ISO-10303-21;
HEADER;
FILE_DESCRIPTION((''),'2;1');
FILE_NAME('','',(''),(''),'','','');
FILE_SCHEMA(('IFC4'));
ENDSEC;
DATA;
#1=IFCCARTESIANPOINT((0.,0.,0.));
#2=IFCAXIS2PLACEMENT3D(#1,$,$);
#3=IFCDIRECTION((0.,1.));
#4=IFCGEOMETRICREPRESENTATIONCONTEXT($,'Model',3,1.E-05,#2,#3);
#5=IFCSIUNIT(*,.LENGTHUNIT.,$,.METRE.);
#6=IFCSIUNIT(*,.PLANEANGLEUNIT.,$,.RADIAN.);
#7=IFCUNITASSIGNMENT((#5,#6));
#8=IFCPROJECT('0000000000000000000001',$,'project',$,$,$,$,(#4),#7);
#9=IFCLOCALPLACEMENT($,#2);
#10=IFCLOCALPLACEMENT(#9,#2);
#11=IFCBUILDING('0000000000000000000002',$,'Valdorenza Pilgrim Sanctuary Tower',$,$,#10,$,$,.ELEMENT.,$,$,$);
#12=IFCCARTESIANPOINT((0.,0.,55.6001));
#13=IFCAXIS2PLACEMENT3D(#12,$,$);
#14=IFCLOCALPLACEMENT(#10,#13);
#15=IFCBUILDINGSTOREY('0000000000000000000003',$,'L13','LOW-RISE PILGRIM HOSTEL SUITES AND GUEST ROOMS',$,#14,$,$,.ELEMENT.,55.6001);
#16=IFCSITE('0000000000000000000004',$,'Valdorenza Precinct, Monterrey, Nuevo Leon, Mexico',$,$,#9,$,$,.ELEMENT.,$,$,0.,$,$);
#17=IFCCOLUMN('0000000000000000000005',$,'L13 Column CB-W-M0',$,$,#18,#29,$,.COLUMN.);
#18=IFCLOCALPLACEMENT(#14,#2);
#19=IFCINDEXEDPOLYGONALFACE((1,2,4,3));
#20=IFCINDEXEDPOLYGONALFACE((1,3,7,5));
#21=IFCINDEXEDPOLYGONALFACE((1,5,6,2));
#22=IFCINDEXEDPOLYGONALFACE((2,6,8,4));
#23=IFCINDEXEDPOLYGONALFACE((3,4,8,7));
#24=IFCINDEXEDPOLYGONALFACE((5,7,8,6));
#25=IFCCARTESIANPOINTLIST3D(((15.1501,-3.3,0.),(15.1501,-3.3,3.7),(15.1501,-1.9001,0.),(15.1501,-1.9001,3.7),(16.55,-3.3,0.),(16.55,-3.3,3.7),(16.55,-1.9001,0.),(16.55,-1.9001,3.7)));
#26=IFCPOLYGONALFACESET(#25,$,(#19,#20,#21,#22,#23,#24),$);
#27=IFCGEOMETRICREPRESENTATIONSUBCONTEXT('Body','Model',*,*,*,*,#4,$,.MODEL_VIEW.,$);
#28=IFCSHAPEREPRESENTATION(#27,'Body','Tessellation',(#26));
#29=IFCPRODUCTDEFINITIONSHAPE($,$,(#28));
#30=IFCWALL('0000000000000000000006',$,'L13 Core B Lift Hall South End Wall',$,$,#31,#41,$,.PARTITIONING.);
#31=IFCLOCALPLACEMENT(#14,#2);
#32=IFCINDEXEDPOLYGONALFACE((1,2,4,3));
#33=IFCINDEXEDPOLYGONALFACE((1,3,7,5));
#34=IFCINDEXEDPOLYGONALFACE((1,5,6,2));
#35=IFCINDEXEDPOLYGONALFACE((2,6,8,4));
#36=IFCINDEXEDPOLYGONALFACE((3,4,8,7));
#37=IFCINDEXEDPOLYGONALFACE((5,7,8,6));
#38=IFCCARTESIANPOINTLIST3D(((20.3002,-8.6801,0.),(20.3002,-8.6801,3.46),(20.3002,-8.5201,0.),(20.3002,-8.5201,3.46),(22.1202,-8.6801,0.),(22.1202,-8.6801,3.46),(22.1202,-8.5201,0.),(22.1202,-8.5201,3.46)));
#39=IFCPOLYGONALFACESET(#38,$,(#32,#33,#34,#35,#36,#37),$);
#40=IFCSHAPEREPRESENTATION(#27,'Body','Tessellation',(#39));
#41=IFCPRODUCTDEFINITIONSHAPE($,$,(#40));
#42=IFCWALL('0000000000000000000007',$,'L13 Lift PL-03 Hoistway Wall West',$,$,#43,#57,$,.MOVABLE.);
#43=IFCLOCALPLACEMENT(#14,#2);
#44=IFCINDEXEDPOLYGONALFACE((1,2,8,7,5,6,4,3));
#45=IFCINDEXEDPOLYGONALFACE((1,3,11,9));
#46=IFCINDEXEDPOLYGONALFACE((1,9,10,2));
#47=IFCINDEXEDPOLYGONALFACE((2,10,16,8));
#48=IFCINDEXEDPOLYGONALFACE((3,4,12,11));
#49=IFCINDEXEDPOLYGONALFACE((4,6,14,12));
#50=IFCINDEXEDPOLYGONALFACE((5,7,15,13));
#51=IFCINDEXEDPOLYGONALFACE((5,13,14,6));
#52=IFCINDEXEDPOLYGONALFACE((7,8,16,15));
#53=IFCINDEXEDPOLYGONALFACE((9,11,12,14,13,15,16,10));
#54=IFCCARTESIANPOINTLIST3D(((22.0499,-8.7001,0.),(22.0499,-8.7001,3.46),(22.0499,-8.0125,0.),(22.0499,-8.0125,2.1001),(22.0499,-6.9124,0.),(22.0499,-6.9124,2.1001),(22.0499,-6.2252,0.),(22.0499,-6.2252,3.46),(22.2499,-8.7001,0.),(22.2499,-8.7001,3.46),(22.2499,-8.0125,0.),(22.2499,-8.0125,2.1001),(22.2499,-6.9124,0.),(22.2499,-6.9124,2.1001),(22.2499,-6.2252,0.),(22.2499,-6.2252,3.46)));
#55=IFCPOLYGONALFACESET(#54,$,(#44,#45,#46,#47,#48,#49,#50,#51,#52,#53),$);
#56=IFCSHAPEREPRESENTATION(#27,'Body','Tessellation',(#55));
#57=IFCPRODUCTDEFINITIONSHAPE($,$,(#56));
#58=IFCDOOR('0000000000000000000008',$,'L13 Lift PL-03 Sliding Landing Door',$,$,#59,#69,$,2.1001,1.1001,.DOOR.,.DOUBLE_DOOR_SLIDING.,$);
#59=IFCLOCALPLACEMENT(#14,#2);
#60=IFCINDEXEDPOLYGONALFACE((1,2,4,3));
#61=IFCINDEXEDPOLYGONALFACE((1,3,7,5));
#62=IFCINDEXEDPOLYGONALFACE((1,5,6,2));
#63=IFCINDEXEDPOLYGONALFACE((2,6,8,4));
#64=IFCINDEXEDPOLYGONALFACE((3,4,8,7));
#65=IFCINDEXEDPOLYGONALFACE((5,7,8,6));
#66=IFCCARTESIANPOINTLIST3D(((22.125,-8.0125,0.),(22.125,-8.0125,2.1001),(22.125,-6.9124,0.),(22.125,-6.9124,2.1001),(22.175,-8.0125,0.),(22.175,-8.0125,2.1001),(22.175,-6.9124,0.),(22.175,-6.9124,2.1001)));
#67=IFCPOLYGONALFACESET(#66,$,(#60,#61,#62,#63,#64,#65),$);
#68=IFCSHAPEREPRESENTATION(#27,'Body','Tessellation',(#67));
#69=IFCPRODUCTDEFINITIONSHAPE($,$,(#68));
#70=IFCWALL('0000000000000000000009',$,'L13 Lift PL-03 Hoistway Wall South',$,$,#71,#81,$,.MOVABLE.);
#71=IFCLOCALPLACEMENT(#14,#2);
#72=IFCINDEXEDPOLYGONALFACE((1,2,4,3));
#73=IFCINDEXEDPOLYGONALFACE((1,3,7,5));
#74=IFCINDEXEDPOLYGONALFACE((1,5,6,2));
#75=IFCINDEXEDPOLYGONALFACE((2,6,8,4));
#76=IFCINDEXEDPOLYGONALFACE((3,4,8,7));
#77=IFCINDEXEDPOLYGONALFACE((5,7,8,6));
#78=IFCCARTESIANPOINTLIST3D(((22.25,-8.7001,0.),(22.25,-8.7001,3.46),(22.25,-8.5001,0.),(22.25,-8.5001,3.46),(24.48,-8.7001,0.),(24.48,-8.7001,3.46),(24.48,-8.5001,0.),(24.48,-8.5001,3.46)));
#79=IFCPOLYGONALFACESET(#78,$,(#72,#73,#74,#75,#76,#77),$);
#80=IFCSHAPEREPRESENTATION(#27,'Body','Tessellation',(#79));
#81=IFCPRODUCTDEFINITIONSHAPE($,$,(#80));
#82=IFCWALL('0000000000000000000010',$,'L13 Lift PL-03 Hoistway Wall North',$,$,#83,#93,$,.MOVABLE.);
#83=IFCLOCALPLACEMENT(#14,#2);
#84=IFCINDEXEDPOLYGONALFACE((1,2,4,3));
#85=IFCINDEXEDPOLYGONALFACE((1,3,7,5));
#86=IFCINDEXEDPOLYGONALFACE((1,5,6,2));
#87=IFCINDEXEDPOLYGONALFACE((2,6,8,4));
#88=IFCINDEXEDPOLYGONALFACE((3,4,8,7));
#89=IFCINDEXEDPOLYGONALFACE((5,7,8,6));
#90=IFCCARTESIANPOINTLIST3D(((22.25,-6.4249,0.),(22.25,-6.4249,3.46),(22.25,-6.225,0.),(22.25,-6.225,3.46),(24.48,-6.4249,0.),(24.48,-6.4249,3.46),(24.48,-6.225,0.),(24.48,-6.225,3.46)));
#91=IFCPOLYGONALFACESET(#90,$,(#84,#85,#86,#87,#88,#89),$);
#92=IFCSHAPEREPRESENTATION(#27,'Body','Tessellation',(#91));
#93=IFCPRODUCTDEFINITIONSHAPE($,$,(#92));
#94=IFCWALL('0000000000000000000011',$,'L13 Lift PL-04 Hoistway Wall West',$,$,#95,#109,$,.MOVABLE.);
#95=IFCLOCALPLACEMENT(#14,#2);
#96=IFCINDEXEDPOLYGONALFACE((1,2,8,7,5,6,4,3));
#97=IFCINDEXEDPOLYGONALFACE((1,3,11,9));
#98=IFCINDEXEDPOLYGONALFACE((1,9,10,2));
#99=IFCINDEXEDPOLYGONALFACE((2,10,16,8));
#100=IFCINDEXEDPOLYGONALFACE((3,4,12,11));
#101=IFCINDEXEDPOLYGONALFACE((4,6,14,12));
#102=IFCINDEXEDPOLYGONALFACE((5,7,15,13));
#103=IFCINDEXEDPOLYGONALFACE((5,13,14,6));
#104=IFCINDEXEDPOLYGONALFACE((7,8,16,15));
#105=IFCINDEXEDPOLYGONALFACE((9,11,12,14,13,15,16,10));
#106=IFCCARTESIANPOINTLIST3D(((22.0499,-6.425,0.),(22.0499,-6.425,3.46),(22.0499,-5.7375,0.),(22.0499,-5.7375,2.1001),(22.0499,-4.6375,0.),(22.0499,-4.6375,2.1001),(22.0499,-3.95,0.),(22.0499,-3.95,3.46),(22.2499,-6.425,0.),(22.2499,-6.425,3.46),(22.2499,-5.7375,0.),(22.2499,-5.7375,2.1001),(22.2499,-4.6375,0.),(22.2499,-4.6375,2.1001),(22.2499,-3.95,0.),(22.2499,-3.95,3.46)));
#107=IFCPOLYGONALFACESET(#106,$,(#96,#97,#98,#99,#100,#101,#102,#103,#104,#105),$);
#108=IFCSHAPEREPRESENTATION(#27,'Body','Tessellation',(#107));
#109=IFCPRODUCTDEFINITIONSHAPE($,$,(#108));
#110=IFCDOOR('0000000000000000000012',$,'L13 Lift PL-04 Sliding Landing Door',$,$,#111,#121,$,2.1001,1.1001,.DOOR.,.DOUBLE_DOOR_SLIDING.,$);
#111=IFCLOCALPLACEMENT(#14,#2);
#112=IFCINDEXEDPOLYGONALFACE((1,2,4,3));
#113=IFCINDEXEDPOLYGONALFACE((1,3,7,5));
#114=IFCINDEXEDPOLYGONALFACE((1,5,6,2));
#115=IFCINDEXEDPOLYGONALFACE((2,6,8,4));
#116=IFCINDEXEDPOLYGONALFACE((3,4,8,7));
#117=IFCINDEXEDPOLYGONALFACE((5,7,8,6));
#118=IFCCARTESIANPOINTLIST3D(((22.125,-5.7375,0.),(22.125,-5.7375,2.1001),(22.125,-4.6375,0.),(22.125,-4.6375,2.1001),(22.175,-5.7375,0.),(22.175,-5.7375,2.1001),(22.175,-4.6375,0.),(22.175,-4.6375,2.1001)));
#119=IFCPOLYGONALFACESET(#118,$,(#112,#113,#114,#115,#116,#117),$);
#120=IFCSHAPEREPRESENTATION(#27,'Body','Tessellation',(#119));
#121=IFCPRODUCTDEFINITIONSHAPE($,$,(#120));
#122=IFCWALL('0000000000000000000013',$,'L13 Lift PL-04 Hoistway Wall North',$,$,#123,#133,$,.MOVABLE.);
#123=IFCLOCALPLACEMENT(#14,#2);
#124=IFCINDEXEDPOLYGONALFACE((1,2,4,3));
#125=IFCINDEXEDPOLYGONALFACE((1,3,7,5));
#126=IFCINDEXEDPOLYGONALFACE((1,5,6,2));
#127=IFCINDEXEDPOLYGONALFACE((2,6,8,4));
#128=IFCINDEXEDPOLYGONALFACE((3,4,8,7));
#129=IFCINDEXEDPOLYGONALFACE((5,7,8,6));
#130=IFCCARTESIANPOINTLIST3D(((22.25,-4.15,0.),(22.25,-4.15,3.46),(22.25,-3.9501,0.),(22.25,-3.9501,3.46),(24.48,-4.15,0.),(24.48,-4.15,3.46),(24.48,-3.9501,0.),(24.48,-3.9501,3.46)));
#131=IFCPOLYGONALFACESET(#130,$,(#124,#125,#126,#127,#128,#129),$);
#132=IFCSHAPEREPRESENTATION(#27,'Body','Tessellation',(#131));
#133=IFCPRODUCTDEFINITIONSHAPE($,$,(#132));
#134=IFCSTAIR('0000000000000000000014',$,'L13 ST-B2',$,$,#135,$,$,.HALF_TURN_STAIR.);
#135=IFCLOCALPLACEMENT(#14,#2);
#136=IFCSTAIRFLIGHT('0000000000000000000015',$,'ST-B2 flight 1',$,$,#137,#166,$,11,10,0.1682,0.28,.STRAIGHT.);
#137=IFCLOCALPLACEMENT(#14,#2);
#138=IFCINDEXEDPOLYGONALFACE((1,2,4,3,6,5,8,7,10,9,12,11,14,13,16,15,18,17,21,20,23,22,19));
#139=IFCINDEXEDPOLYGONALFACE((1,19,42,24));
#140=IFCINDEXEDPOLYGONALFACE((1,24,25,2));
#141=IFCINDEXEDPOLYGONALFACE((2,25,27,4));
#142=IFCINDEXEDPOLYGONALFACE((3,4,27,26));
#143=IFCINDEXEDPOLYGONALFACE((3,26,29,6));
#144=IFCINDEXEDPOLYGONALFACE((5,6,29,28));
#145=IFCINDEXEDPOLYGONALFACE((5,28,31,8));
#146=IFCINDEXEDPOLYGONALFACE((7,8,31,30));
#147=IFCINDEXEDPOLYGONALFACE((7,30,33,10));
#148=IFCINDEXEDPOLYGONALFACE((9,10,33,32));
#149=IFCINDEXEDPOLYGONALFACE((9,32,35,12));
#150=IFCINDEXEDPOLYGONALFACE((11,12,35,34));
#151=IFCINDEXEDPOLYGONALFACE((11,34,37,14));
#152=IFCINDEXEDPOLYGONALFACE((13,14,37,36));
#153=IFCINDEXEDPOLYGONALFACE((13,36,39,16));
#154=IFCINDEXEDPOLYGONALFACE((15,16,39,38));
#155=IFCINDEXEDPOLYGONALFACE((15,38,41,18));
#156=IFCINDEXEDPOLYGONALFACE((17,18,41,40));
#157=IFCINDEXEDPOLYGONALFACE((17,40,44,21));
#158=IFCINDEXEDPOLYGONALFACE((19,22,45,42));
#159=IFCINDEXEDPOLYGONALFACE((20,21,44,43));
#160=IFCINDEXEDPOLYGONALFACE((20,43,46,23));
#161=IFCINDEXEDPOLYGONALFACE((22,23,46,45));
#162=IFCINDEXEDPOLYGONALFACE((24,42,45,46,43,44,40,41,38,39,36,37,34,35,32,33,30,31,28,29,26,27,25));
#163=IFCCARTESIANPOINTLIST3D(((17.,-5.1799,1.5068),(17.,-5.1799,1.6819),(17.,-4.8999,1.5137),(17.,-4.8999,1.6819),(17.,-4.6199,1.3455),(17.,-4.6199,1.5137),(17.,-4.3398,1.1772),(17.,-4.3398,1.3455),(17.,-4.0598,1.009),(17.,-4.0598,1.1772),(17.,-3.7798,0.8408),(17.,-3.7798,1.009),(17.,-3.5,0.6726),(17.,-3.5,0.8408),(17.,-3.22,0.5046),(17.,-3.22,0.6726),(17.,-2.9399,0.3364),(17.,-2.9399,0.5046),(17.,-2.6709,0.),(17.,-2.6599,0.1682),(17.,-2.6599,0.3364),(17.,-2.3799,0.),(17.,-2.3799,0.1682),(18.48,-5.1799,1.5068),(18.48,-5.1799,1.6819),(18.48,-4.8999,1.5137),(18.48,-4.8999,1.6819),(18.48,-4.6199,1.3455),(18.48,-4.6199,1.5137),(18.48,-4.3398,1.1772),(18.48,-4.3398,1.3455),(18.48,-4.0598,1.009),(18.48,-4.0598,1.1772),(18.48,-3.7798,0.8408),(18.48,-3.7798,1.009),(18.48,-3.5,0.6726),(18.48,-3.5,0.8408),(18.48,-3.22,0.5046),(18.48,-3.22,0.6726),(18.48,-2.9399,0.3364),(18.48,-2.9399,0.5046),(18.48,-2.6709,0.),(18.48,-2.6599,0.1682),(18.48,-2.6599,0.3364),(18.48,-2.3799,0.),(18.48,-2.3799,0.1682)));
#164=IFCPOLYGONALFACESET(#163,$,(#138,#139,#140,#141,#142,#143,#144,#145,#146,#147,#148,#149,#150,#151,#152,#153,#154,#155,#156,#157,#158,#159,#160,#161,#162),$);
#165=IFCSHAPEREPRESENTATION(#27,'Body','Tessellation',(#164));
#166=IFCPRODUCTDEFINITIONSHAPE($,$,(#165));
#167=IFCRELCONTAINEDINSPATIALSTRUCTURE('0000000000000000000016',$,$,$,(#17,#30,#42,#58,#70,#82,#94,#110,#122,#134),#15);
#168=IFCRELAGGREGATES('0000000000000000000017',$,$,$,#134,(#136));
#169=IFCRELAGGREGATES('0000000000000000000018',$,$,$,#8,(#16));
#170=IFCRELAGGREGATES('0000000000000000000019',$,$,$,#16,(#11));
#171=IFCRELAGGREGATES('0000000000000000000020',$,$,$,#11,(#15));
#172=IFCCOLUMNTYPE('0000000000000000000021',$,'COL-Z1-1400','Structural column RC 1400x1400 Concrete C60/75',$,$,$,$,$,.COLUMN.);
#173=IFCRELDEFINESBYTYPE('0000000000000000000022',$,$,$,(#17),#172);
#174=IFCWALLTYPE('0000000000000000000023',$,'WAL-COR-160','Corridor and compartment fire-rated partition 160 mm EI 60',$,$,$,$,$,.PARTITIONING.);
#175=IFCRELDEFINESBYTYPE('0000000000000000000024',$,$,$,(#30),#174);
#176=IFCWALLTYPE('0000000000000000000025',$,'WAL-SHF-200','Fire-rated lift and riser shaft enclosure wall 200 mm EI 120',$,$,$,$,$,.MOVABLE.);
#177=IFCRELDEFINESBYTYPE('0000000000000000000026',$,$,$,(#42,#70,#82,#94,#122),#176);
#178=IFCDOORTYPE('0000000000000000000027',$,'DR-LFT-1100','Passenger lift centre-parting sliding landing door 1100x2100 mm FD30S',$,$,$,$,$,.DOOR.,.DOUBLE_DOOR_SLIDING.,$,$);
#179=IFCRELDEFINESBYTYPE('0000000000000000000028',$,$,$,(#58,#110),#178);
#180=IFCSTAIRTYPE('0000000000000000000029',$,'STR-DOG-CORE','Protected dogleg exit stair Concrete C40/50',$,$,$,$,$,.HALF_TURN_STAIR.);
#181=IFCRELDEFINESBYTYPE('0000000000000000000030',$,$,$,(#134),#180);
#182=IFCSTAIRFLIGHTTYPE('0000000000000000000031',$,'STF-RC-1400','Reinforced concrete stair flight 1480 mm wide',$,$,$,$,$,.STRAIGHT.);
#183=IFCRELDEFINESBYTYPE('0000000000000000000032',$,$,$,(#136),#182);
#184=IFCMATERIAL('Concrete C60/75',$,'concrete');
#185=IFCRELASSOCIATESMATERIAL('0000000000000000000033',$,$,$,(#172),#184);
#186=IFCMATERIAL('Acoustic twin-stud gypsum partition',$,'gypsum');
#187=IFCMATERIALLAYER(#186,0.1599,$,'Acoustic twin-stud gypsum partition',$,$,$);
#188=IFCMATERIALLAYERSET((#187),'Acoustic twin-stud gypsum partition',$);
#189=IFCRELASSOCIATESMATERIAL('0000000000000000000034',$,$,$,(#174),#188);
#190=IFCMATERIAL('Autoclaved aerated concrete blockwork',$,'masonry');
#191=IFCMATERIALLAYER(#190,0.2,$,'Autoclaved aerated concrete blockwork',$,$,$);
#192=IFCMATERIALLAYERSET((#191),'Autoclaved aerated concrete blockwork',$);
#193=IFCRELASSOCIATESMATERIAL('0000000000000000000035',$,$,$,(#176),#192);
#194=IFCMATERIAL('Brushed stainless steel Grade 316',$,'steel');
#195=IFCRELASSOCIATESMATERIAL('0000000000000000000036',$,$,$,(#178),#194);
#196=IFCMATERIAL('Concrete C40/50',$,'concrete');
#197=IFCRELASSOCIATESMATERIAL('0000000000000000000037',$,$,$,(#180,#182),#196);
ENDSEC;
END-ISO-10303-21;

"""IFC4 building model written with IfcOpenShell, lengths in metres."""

from ifc_helpers import new_model, si_unit, direction, frame, frame_2d, origin, origin_2d, place, context, subcontext, project, spatial, polyline, rectangle, outline, extrude, source, transform, mapped, material, layer, layer_set, material_profile, profile_set, type_object, element, fill, aggregate, save


model = new_model("IFC4")

# Units and contexts
model_context = context("Model", 3, precision=1e-05, world=origin(), true_north=direction((0.0, 1.0)))
body_context = subcontext(model_context, "Body", "Model", "MODEL_VIEW")
ifc_project = project(units=[si_unit("LENGTHUNIT", "METRE"), si_unit("PLANEANGLEUNIT", "RADIAN")], contexts=[model_context])

# Site, building, storey
site_placement = place(None, origin())
site = spatial("IfcSite", under=ifc_project, at=site_placement, Name="Valdorenza Precinct, Monterrey, Nuevo Leon, Mexico", CompositionType="ELEMENT", RefElevation=0.0)
building_placement = place(site_placement, origin())
building = spatial("IfcBuilding", under=site, at=building_placement, Name="Valdorenza Pilgrim Sanctuary Tower", CompositionType="ELEMENT")
storey_placement = place(building_placement, frame((0.0, 0.0, 55.6001)))
storey = spatial("IfcBuildingStorey", under=building, at=storey_placement, Name="L13", Description="LOW-RISE PILGRIM HOSTEL SUITES AND GUEST ROOMS", CompositionType="ELEMENT", Elevation=55.6001)

# Column
ifc_material_1 = material(Name="Concrete C60/75", Category="concrete")
ifc_material_profile = material_profile(ifc_material_1, rectangle(XDim=1.3999, YDim=1.3999, at=origin_2d()), Name="RC 1400x1400")
ifc_profile_set = profile_set([ifc_material_profile], Name="Concrete C60/75")
column_type = type_object("IfcColumnType", Name="COL-Z1-1400", Description="Structural column RC 1400x1400 Concrete C60/75", PredefinedType="COLUMN", material=ifc_profile_set)
shared_shape = source(origin(), body_context, "Body", "SweptSolid", [
    extrude(rectangle(XDim=1.3999, YDim=1.3999, at=origin_2d()), origin(), (0.0, 0.0, 1.0), 3.7),
])
column_placement = place(storey_placement, frame((15.8501, -2.6001, 0.0), z_axis=(0.0, 0.0, 1.0), x_axis=(1.0, 0.0, 0.0)))
element("IfcColumn", 1, at=column_placement, inside=storey, type_object=column_type, Name="L13 Column CB-W-M0", PredefinedType="COLUMN", context=body_context, shape_type="MappedRepresentation", body=[
    mapped(shared_shape, transform((0.0, 0.0, 0.0), x_axis=(1.0, 0.0, 0.0), y_axis=(0.0, 1.0, 0.0), z_axis=(0.0, 0.0, 1.0), scale=1.0)),
])

# Wall
ifc_material_2 = material(Name="Acoustic twin-stud gypsum partition", Category="gypsum")
ifc_layer_1 = layer(ifc_material_2, 0.1599, Name="Acoustic twin-stud gypsum partition")
ifc_layer_set_1 = layer_set([ifc_layer_1], Name="Acoustic twin-stud gypsum partition")
wall_type_1 = type_object("IfcWallType", Name="WAL-COR-160", Description="Corridor and compartment fire-rated partition 160 mm EI 60", PredefinedType="PARTITIONING", material=ifc_layer_set_1)
wall_1_placement = place(storey_placement, frame((20.3, -8.6001, 0.0), z_axis=(0.0, 0.0, 1.0), x_axis=(1.0, 0.0, 0.0)))
element("IfcWall", 2, at=wall_1_placement, inside=storey, type_object=wall_type_1, Name="L13 Core B Lift Hall South End Wall", PredefinedType="PARTITIONING", context=body_context, shape_type="SweptSolid", body=[
    extrude(rectangle(XDim=1.8201, YDim=0.1599, at=frame_2d((0.9102, 0.0))), origin(), (0.0, 0.0, 1.0), 3.46),
])

# Wall, opening, door
ifc_material_3 = material(Name="Autoclaved aerated concrete blockwork", Category="masonry")
ifc_layer_2 = layer(ifc_material_3, 0.2, Name="Autoclaved aerated concrete blockwork")
ifc_layer_set_2 = layer_set([ifc_layer_2], Name="Autoclaved aerated concrete blockwork")
wall_type_2 = type_object("IfcWallType", Name="WAL-SHF-200", Description="Fire-rated lift and riser shaft enclosure wall 200 mm EI 120", PredefinedType="MOVABLE", material=ifc_layer_set_2)
wall_2_placement = place(storey_placement, frame((22.1499, -8.7, 0.0), z_axis=(0.0, 0.0, 1.0), x_axis=(0.0, 1.0, 0.0)))
wall_2 = element("IfcWall", 3, at=wall_2_placement, inside=storey, type_object=wall_type_2, Name="L13 Lift PL-03 Hoistway Wall West", PredefinedType="MOVABLE", context=body_context, shape_type="SweptSolid", body=[
    extrude(rectangle(XDim=2.4749, YDim=0.2, at=frame_2d((1.2373, 0.0))), origin(), (0.0, 0.0, 1.0), 3.46),
])
opening_1_placement = place(wall_2_placement, frame((0.6875, 0.0, 0.0)))
opening_1 = element("IfcOpeningElement", 4, at=opening_1_placement, cuts=wall_2, PredefinedType="OPENING", context=body_context, shape_type="SweptSolid", body=[
    extrude(rectangle(XDim=1.1001, YDim=2.1001, at=frame_2d((0.55, 1.05))), frame((0.0, 0.1147, 0.0), z_axis=(0.0, -1.0, 0.0), x_axis=(1.0, 0.0, 0.0)), (0.0, 0.0, 1.0), 0.2297),
])
ifc_material_4 = material(Name="Brushed stainless steel Grade 316", Category="steel")
door_type_1 = type_object("IfcDoorType", Name="DR-LFT-1100", Description="Passenger lift centre-parting sliding landing door 1100x2100 mm FD30S", OperationType="DOUBLE_DOOR_SLIDING", PredefinedType="DOOR", material=ifc_material_4)
door_1_placement = place(opening_1_placement, origin())
door_1 = element("IfcDoor", 5, at=door_1_placement, inside=storey, type_object=door_type_1, Name="L13 Lift PL-03 Sliding Landing Door", OperationType="DOUBLE_DOOR_SLIDING", OverallHeight=2.1001, OverallWidth=1.1001, PredefinedType="DOOR", context=body_context, shape_type="SweptSolid", body=[
    extrude(rectangle(XDim=1.1001, YDim=2.1001, at=frame_2d((0.55, 1.05))), frame((0.0, 0.0249, 0.0), z_axis=(0.0, -1.0, 0.0), x_axis=(1.0, 0.0, 0.0)), (0.0, 0.0, 1.0), 0.05),
])
fill(opening_1, door_1)

# Walls
for number, where, z_axis, x_axis, name in (
    (6, (22.25, -8.6001, 0.0), (0.0, 0.0, 1.0), (1.0, 0.0, 0.0), "L13 Lift PL-03 Hoistway Wall South"),
    (7, (22.25, -6.325, 0.0), (0.0, 0.0, 1.0), (1.0, 0.0, 0.0), "L13 Lift PL-03 Hoistway Wall North"),
):
    element("IfcWall", number, at=place(storey_placement, frame(where, z_axis=z_axis, x_axis=x_axis)), inside=storey, type_object=wall_type_2, Name=name, PredefinedType="MOVABLE", context=body_context, shape_type="SweptSolid", body=[
        extrude(rectangle(XDim=2.23, YDim=0.2, at=frame_2d((1.115, 0.0))), origin(), (0.0, 0.0, 1.0), 3.46),
    ])

# Wall, opening, door
wall_3_placement = place(storey_placement, frame((22.1499, -6.425, 0.0), z_axis=(0.0, 0.0, 1.0), x_axis=(0.0, 1.0, 0.0)))
wall_3 = element("IfcWall", 8, at=wall_3_placement, inside=storey, type_object=wall_type_2, Name="L13 Lift PL-04 Hoistway Wall West", PredefinedType="MOVABLE", context=body_context, shape_type="SweptSolid", body=[
    extrude(rectangle(XDim=2.4751, YDim=0.2, at=frame_2d((1.2375, 0.0))), origin(), (0.0, 0.0, 1.0), 3.46),
])
opening_2_placement = place(wall_3_placement, frame((0.6875, 0.0, 0.0)))
opening_2 = element("IfcOpeningElement", 9, at=opening_2_placement, cuts=wall_3, PredefinedType="OPENING", context=body_context, shape_type="SweptSolid", body=[
    extrude(rectangle(XDim=1.1001, YDim=2.1001, at=frame_2d((0.55, 1.05))), frame((0.0, 0.1147, 0.0), z_axis=(0.0, -1.0, 0.0), x_axis=(1.0, 0.0, 0.0)), (0.0, 0.0, 1.0), 0.2297),
])
door_2_placement = place(opening_2_placement, origin())
door_2 = element("IfcDoor", 10, at=door_2_placement, inside=storey, type_object=door_type_1, Name="L13 Lift PL-04 Sliding Landing Door", OperationType="DOUBLE_DOOR_SLIDING", OverallHeight=2.1001, OverallWidth=1.1001, PredefinedType="DOOR", context=body_context, shape_type="SweptSolid", body=[
    extrude(rectangle(XDim=1.1001, YDim=2.1001, at=frame_2d((0.55, 1.05))), frame((0.0, 0.0249, 0.0), z_axis=(0.0, -1.0, 0.0), x_axis=(1.0, 0.0, 0.0)), (0.0, 0.0, 1.0), 0.05),
])
fill(opening_2, door_2)

# Wall
wall_4_placement = place(storey_placement, frame((22.25, -4.05, 0.0), z_axis=(0.0, 0.0, 1.0), x_axis=(1.0, 0.0, 0.0)))
element("IfcWall", 11, at=wall_4_placement, inside=storey, type_object=wall_type_2, Name="L13 Lift PL-04 Hoistway Wall North", PredefinedType="MOVABLE", context=body_context, shape_type="SweptSolid", body=[
    extrude(rectangle(XDim=2.23, YDim=0.2, at=frame_2d((1.115, 0.0))), origin(), (0.0, 0.0, 1.0), 3.46),
])

# Shared definitions
ifc_material_5 = material(Name="Concrete C40/50", Category="concrete")

# Stair, stair flight
stair_type = type_object("IfcStairType", Name="STR-DOG-CORE", Description="Protected dogleg exit stair Concrete C40/50", PredefinedType="HALF_TURN_STAIR", material=ifc_material_5)
stair_placement = place(storey_placement, origin())
stair = element("IfcStair", 12, at=stair_placement, inside=storey, type_object=stair_type, Name="L13 ST-B2", PredefinedType="HALF_TURN_STAIR")
stair_flight_type = type_object("IfcStairFlightType", Name="STF-RC-1400", Description="Reinforced concrete stair flight 1480 mm wide", PredefinedType="STRAIGHT", material=ifc_material_5)
stair_flight_1_placement = place(storey_placement, frame((17.74, -2.3799, 0.0), z_axis=(0.0, 0.0, 1.0), x_axis=(0.0, -1.0, 0.0)))
stair_flight_1 = element("IfcStairFlight", 13, at=stair_flight_1_placement, type_object=stair_flight_type, Name="ST-B2 flight 1", NumberOfRisers=11, NumberOfTreads=10, PredefinedType="STRAIGHT", RiserHeight=0.1682, TreadLength=0.28, context=body_context, shape_type="SweptSolid", body=[
    extrude(outline(polyline([(0.0, 0.0), (0.0, 0.1682), (0.28, 0.1682), (0.28, 0.3364), (0.5601, 0.3364), (0.5601, 0.5046), (0.8401, 0.5046), (0.8401, 0.6726), (1.1201, 0.6726), (1.1201, 0.8408), (1.3999, 0.8408), (1.3999, 1.009), (1.6799, 1.009), (1.6799, 1.1772), (1.96, 1.1772), (1.96, 1.3455), (2.24, 1.3455), (2.24, 1.5137), (2.52, 1.5137), (2.52, 1.6819), (2.8, 1.6819), (2.8, 1.8501), (2.8, 1.5068), (0.291, 0.0), (0.0, 0.0)])), frame((0.0, 0.74, 0.0), z_axis=(0.0, -1.0, 0.0), x_axis=(1.0, 0.0, 0.0)), (0.0, 0.0, 1.0), 1.48),
])
aggregate(stair, [stair_flight_1])

save(model, "model.ifc")
